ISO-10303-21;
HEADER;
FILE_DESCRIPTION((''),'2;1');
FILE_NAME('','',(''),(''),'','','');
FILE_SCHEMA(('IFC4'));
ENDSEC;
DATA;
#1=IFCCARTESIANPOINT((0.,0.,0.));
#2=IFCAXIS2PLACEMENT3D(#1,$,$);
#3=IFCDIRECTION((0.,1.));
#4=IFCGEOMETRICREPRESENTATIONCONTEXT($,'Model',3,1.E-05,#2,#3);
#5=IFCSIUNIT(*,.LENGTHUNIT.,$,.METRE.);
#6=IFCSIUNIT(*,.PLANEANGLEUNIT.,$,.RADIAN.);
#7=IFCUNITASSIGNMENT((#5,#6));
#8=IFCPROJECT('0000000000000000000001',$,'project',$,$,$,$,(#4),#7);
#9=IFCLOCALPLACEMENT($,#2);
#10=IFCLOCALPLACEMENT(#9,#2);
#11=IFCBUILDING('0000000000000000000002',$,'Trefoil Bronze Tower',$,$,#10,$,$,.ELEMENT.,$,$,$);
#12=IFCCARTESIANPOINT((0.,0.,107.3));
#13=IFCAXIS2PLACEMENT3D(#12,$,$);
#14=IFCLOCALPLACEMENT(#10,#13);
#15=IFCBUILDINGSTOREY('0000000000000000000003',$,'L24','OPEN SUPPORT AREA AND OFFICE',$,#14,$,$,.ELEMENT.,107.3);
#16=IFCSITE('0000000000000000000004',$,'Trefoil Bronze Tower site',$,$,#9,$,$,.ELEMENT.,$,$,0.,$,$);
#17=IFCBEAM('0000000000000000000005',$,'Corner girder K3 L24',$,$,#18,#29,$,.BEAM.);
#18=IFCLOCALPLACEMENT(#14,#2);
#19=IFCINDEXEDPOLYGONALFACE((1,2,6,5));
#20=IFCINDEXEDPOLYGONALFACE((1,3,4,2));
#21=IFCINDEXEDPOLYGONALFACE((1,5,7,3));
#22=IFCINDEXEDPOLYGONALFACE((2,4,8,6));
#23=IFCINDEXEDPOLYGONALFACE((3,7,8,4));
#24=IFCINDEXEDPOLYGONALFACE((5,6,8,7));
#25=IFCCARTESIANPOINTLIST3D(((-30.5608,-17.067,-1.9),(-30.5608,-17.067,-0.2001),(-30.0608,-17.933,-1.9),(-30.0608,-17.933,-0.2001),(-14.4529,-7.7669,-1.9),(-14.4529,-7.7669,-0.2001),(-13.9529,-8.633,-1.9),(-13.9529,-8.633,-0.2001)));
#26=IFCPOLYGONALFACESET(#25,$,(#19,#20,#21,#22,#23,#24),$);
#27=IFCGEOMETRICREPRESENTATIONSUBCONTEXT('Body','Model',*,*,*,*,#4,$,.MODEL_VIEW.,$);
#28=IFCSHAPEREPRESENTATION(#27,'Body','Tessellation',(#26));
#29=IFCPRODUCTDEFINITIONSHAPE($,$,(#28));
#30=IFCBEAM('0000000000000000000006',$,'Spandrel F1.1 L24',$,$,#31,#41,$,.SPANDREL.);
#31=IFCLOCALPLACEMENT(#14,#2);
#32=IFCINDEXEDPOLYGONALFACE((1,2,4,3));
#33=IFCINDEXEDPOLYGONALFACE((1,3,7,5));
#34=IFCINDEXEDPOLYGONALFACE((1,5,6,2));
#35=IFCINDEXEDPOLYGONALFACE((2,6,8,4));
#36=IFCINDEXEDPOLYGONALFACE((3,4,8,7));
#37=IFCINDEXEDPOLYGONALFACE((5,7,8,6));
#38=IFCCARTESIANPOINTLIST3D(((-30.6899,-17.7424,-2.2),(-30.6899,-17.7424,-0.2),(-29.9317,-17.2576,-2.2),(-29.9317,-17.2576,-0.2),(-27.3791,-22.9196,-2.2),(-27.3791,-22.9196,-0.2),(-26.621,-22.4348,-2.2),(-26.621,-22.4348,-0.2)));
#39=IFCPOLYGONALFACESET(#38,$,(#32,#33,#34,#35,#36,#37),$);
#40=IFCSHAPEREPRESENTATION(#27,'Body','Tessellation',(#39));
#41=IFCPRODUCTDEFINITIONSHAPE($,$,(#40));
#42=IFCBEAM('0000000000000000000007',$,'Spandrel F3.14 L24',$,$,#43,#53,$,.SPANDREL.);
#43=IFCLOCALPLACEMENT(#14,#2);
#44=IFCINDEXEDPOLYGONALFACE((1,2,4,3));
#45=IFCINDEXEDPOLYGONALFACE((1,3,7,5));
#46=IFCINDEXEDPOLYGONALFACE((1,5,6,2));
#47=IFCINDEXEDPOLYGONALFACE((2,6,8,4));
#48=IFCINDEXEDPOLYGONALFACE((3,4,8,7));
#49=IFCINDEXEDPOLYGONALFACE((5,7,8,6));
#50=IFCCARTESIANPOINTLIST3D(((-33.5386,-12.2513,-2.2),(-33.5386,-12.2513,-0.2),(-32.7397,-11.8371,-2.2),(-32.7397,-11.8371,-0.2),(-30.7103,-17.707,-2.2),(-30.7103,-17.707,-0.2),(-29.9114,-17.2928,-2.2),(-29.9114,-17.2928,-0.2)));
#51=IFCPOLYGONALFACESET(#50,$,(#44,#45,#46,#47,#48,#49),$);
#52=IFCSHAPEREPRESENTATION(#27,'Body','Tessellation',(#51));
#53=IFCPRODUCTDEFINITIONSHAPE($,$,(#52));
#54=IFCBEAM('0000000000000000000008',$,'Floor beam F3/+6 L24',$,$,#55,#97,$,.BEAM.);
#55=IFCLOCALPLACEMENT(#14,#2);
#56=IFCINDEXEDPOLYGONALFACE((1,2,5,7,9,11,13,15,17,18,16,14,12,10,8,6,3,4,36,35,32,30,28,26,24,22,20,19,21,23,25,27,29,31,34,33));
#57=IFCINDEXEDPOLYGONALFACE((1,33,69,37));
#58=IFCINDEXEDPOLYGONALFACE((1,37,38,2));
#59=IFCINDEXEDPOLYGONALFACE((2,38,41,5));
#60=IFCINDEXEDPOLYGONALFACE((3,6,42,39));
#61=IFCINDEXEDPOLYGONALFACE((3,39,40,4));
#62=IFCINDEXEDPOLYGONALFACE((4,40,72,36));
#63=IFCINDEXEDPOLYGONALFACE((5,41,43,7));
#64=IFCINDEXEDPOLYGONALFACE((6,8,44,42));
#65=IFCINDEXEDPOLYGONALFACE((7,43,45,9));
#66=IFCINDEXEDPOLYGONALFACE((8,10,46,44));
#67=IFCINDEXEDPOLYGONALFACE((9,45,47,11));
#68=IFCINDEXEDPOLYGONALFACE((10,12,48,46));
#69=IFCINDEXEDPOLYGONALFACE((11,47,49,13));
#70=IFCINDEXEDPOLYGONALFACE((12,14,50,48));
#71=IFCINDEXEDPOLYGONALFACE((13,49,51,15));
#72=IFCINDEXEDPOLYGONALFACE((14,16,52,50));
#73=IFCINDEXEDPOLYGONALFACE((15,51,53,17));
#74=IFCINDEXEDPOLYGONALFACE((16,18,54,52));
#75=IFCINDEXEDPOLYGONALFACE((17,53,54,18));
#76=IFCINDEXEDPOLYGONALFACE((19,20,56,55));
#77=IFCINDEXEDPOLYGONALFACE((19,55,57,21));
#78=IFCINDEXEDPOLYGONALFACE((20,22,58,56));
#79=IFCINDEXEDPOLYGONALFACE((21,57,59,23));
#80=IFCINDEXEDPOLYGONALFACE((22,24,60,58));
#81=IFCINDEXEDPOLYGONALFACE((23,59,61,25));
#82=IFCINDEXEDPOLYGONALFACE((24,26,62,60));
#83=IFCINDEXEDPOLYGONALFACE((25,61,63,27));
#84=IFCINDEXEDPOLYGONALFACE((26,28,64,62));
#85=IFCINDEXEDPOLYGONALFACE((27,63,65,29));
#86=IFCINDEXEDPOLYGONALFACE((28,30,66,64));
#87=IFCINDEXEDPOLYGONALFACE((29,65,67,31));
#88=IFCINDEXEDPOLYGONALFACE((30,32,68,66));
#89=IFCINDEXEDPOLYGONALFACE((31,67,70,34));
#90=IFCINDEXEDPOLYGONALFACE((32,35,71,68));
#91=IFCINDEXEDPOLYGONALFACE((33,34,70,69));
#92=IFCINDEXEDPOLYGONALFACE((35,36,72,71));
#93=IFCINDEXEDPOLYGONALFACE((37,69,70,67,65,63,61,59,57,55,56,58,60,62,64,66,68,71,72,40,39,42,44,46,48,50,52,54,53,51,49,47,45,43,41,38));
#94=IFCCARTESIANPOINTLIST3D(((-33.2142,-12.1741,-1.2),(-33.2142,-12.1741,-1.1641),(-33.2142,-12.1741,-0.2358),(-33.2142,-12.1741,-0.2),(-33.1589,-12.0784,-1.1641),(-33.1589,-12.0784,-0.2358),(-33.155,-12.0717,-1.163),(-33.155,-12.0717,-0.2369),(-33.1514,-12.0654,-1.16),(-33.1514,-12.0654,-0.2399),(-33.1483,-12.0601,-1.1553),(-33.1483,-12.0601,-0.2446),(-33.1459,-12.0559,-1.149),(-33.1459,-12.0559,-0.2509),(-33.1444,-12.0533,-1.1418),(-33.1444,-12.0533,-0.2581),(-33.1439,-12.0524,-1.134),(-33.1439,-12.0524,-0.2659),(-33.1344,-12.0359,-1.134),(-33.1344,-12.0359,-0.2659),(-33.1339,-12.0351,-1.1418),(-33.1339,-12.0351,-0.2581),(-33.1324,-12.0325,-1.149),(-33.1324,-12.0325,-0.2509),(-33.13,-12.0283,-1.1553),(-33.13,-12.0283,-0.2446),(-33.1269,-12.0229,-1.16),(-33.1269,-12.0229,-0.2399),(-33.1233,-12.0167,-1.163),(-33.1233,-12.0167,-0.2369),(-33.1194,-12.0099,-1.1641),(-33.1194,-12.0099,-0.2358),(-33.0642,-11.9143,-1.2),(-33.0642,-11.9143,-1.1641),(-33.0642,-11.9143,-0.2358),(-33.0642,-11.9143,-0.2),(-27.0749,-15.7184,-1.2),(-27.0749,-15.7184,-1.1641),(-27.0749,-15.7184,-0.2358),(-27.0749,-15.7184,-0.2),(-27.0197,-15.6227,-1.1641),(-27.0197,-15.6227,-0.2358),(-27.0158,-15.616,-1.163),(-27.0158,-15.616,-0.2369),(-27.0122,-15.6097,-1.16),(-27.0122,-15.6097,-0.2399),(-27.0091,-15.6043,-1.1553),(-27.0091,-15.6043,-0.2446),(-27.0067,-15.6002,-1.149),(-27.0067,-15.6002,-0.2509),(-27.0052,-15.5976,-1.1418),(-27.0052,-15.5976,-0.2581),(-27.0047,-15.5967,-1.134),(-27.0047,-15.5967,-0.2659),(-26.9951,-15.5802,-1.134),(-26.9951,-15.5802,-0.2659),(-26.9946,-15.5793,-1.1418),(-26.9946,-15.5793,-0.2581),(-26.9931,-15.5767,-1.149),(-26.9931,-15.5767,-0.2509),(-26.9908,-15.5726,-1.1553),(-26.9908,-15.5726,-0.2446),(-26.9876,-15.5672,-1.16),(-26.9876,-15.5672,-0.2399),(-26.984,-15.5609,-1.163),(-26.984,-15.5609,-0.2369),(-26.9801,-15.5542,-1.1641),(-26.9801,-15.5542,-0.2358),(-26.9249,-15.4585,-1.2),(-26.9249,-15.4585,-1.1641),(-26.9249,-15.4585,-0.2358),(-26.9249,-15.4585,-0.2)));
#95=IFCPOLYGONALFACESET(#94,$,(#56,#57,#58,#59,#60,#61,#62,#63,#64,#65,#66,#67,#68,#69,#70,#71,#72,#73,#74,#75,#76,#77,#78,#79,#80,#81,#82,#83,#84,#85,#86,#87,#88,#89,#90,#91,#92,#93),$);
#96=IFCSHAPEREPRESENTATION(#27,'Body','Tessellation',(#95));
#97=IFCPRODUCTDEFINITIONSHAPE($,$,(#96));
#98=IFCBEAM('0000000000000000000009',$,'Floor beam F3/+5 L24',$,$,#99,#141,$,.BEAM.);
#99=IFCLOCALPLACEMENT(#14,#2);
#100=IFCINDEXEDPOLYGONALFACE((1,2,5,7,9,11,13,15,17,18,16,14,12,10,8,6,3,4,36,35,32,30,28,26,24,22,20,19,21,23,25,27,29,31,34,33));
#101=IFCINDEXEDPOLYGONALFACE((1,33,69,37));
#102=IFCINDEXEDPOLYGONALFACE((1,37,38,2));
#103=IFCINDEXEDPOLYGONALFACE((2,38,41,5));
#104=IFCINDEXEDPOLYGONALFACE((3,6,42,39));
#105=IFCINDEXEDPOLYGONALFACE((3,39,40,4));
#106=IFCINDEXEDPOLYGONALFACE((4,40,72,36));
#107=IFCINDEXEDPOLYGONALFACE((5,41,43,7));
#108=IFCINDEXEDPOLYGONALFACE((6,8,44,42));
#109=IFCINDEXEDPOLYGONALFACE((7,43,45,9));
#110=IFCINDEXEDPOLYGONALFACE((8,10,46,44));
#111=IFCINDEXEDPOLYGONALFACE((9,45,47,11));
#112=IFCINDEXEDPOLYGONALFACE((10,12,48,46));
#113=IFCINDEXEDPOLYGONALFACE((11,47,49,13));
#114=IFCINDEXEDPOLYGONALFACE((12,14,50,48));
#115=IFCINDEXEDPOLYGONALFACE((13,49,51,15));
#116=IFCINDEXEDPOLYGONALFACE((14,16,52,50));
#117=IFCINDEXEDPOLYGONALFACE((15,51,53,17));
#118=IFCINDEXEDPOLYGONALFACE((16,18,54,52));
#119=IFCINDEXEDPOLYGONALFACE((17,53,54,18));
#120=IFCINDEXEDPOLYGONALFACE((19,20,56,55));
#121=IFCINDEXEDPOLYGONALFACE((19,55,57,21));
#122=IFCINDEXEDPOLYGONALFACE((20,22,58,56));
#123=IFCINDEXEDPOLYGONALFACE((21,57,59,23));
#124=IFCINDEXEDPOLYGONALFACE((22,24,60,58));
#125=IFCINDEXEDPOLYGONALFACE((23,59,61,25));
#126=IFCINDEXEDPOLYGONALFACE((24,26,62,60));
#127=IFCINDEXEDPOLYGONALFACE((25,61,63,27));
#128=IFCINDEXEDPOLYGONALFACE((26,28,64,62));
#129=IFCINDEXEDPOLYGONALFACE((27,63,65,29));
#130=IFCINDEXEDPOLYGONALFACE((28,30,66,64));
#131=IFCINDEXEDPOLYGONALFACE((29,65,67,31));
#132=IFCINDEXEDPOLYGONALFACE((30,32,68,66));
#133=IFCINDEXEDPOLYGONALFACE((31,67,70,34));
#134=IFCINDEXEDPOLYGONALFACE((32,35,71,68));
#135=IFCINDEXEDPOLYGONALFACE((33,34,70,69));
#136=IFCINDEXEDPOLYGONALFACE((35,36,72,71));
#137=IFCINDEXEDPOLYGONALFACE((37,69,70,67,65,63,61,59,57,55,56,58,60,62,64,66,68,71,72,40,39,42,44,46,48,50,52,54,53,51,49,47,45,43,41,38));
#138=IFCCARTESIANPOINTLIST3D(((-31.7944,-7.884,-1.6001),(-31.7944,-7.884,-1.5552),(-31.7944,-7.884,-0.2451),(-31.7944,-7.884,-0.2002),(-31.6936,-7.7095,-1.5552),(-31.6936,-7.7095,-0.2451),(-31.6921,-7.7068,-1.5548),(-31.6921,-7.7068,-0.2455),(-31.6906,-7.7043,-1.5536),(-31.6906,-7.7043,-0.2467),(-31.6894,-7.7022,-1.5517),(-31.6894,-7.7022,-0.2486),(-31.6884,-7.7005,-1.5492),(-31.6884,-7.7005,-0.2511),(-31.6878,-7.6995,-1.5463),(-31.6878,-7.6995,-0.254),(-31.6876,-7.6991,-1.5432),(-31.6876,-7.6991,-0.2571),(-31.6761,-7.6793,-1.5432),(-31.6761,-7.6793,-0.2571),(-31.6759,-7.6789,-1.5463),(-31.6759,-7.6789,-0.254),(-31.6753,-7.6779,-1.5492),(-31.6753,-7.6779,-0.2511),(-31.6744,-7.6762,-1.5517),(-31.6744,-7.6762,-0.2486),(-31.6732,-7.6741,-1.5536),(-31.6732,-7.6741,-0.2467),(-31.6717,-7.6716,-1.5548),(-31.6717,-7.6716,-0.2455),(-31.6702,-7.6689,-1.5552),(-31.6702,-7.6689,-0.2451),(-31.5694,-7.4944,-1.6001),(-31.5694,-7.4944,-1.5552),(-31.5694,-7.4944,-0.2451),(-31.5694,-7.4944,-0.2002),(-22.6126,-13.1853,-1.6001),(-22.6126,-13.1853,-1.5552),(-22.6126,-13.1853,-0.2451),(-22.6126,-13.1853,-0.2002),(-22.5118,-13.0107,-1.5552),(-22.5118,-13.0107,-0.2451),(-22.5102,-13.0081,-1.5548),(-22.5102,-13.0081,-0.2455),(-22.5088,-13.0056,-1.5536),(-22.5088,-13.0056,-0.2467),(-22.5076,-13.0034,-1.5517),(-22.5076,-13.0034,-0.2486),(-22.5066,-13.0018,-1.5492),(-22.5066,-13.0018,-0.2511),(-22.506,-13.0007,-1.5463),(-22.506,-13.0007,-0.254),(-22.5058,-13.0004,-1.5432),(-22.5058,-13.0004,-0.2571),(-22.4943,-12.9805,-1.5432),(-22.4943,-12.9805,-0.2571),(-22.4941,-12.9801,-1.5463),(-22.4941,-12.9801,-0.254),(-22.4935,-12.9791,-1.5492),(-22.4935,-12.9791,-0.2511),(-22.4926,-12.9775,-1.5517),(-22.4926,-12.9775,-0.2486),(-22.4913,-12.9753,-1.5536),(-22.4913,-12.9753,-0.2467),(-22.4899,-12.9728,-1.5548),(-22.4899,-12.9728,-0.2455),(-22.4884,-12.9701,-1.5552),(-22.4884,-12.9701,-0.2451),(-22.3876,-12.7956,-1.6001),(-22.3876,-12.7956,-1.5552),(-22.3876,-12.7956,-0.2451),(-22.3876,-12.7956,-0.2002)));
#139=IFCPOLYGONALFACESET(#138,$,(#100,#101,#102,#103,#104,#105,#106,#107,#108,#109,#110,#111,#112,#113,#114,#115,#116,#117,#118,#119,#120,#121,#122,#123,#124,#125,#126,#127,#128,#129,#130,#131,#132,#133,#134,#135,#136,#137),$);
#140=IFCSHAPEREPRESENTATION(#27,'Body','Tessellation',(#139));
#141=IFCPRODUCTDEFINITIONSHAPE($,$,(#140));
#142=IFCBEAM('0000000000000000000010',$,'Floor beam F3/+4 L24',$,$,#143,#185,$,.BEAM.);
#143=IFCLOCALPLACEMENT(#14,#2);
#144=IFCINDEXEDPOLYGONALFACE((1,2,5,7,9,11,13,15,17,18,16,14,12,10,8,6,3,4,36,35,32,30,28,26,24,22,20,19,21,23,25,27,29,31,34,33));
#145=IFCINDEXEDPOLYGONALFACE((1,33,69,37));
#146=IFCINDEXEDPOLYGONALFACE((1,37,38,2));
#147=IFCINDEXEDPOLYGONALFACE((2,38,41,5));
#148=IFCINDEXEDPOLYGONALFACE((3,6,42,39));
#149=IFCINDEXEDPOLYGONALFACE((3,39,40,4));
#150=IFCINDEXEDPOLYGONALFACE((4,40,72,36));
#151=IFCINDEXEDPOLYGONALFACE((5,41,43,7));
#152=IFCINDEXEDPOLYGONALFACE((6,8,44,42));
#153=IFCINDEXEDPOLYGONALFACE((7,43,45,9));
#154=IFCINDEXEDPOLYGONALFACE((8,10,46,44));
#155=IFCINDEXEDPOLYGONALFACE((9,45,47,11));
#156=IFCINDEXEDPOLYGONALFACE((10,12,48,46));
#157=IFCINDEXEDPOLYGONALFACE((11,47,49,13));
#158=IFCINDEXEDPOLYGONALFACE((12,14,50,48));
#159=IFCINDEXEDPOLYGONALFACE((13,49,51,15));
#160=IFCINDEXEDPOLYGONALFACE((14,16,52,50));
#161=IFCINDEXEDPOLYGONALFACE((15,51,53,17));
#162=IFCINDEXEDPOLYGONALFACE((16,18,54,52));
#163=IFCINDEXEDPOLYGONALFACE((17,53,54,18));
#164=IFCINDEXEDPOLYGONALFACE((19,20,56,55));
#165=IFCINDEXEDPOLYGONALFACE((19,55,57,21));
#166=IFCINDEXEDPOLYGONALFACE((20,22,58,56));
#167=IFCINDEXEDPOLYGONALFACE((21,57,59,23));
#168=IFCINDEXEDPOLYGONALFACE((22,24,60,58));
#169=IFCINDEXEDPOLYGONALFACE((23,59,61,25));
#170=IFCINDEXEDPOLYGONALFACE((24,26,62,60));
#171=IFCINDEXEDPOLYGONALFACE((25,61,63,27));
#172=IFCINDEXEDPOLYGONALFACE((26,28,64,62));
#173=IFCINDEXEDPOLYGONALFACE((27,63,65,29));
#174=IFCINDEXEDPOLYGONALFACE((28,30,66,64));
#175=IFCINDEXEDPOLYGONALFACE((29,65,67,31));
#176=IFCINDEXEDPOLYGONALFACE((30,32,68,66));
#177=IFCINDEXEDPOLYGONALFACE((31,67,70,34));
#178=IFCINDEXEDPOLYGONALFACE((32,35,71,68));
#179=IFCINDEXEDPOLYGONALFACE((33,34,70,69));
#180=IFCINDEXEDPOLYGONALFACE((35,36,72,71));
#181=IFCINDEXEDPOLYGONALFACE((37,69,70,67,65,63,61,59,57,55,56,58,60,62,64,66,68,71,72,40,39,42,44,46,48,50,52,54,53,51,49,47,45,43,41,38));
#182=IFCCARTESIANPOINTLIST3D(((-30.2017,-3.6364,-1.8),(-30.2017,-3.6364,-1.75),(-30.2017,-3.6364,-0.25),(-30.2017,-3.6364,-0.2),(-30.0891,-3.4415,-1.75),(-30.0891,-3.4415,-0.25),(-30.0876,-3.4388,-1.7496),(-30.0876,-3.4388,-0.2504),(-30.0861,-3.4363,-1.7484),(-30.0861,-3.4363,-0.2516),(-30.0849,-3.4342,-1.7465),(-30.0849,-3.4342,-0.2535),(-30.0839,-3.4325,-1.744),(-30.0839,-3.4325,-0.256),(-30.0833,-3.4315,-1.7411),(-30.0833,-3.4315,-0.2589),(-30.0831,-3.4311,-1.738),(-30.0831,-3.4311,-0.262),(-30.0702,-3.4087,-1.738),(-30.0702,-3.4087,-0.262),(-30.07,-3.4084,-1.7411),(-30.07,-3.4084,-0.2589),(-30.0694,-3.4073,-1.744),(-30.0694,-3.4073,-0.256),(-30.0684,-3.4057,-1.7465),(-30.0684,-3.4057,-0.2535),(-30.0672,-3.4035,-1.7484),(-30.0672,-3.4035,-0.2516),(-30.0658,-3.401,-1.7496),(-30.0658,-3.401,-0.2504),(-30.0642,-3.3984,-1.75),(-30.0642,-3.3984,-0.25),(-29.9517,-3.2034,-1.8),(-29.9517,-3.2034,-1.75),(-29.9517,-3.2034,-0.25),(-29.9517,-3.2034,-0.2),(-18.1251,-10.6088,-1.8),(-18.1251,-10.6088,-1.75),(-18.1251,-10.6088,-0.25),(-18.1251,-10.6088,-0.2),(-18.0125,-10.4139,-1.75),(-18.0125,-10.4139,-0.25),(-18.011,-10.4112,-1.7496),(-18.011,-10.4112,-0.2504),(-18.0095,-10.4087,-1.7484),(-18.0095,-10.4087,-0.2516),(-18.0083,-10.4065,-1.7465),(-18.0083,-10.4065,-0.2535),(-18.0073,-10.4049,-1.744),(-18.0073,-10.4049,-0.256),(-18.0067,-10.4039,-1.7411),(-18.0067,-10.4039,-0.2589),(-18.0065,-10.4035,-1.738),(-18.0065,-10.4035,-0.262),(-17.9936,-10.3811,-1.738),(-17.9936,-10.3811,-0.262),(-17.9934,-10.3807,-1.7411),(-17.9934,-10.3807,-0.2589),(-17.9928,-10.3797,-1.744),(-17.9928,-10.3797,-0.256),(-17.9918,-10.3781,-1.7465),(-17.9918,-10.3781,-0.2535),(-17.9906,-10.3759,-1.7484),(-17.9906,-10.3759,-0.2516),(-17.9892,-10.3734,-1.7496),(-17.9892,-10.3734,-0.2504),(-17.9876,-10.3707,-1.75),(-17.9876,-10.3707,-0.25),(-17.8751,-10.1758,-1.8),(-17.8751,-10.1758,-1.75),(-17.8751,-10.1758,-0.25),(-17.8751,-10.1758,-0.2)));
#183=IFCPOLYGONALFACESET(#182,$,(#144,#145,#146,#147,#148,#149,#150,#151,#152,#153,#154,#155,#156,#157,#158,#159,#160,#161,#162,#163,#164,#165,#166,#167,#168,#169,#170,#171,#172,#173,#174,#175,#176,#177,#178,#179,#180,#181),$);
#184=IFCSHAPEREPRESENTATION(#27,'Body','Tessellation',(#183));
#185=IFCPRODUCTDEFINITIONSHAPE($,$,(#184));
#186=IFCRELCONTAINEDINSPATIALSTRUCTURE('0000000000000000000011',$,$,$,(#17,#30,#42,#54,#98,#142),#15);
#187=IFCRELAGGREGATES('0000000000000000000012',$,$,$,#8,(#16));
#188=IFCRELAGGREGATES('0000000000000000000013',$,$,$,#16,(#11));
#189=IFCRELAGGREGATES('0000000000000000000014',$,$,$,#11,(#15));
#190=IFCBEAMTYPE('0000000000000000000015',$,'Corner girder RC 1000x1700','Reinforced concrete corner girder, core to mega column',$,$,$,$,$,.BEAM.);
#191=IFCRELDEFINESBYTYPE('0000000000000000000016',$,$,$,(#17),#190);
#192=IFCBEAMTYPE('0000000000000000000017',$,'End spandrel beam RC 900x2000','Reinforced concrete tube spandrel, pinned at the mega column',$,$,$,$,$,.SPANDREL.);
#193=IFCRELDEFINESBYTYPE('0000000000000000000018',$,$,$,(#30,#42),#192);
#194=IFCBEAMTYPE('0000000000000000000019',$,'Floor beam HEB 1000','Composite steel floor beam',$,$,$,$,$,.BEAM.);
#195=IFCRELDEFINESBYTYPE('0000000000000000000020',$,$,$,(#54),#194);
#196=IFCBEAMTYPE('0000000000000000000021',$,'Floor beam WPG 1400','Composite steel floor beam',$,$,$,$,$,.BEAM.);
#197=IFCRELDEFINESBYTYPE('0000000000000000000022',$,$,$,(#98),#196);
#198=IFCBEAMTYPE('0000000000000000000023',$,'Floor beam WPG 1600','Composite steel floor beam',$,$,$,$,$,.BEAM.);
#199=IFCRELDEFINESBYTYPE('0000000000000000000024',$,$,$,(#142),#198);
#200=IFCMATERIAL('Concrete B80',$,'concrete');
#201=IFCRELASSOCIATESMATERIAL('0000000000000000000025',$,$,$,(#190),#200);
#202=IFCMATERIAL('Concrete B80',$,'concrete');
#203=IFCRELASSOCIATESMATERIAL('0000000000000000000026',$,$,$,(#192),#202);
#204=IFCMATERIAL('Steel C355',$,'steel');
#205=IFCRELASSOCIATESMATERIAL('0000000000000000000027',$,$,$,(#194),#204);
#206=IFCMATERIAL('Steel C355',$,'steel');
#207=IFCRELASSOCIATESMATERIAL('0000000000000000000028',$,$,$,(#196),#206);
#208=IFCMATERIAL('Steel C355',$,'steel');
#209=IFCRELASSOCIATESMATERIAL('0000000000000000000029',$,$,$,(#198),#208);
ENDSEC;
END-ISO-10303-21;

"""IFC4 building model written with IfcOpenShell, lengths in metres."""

from ifc_helpers import new_model, si_unit, direction, frame, origin, origin_2d, place, context, subcontext, project, spatial, rectangle, i_section, extrude, material, material_profile, profile_set, type_object, element, save


model = new_model("IFC4")

# Units and contexts
model_context = context("Model", 3, precision=1e-05, world=origin(), true_north=direction((0.0, 1.0)))
body_context = subcontext(model_context, "Body", "Model", "MODEL_VIEW")
ifc_project = project(units=[si_unit("LENGTHUNIT", "METRE"), si_unit("PLANEANGLEUNIT", "RADIAN")], contexts=[model_context])

# Site, building, storey
site_placement = place(None, origin())
site = spatial("IfcSite", under=ifc_project, at=site_placement, Name="Trefoil Bronze Tower site", CompositionType="ELEMENT", RefElevation=0.0)
building_placement = place(site_placement, origin())
building = spatial("IfcBuilding", under=site, at=building_placement, Name="Trefoil Bronze Tower", CompositionType="ELEMENT")
storey_placement = place(building_placement, frame((0.0, 0.0, 107.3)))
storey = spatial("IfcBuildingStorey", under=building, at=storey_placement, Name="L24", Description="OPEN SUPPORT AREA AND OFFICE", CompositionType="ELEMENT", Elevation=107.3)

# Beams
ifc_material_1 = material(Name="Concrete B80", Category="concrete")
ifc_material_profile_1 = material_profile(ifc_material_1, rectangle(XDim=1.0, YDim=1.7, at=origin_2d()), Name="RC 1000x1700")
ifc_profile_set_1 = profile_set([ifc_material_profile_1], Name="Concrete B80")
beam_type_1 = type_object("IfcBeamType", Name="Corner girder RC 1000x1700", Description="Reinforced concrete corner girder, core to mega column", PredefinedType="BEAM", material=ifc_profile_set_1)
beam_1_placement = place(storey_placement, frame((-14.2029, -8.2, -1.05), z_axis=(-0.866022, -0.500006, 0.0), x_axis=(0.500006, -0.866022, 0.0)))
element("IfcBeam", 1, at=beam_1_placement, inside=storey, type_object=beam_type_1, Name="Corner girder K3 L24", PredefinedType="BEAM", context=body_context, shape_type="SweptSolid", body=[
    extrude(rectangle(XDim=1.0, YDim=1.7, at=origin_2d()), origin(), (0.0, 0.0, 1.0), 18.5999),
])
ifc_material_2 = material(Name="Concrete B80", Category="concrete")
ifc_material_profile_2 = material_profile(ifc_material_2, rectangle(XDim=0.8999, YDim=2.0, at=origin_2d()), Name="RC 900x2000")
ifc_profile_set_2 = profile_set([ifc_material_profile_2], Name="Concrete B80")
beam_type_2 = type_object("IfcBeamType", Name="End spandrel beam RC 900x2000", Description="Reinforced concrete tube spandrel, pinned at the mega column", PredefinedType="SPANDREL", material=ifc_profile_set_2)
for number, where, z_axis, x_axis, name in (
    (2, (-30.3108, -17.5, -1.2), (0.538748, -0.842467, 0.0), (0.842467, 0.538748, 0.0), "Spandrel F1.1 L24"),
    (3, (-33.1392, -12.0442, -1.2), (0.460244, -0.887792, 0.0), (0.887792, 0.460244, 0.0), "Spandrel F3.14 L24"),
):
    element("IfcBeam", number, at=place(storey_placement, frame(where, z_axis=z_axis, x_axis=x_axis)), inside=storey, type_object=beam_type_2, Name=name, PredefinedType="SPANDREL", context=body_context, shape_type="SweptSolid", body=[
        extrude(rectangle(XDim=0.8999, YDim=2.0, at=origin_2d()), origin(), (0.0, 0.0, 1.0), 6.1453),
    ])
ifc_material_3 = material(Name="Steel C355", Category="steel")
ifc_material_profile_3 = material_profile(ifc_material_3, i_section(OverallWidth=0.3, OverallDepth=1.0, WebThickness=0.019, FlangeThickness=0.0359, FilletRadius=0.03, at=origin_2d()), Name="HEB 1000")
ifc_profile_set_3 = profile_set([ifc_material_profile_3], Name="Steel C355")
beam_type_3 = type_object("IfcBeamType", Name="Floor beam HEB 1000", Description="Composite steel floor beam", PredefinedType="BEAM", material=ifc_profile_set_3)
beam_2_placement = place(storey_placement, frame((-33.1392, -12.0442, -0.7), z_axis=(0.866041, -0.499973, 0.0), x_axis=(0.499973, 0.866041, 0.0)))
element("IfcBeam", 4, at=beam_2_placement, inside=storey, type_object=beam_type_3, Name="Floor beam F3/+6 L24", PredefinedType="BEAM", context=body_context, shape_type="SweptSolid", body=[
    extrude(i_section(OverallWidth=0.3, OverallDepth=1.0, WebThickness=0.019, FlangeThickness=0.0359, FilletRadius=0.03, at=origin_2d()), origin(), (0.0, 0.0, 1.0), 7.0889),
])
ifc_material_4 = material(Name="Steel C355", Category="steel")
ifc_material_profile_4 = material_profile(ifc_material_4, i_section(OverallWidth=0.45, OverallDepth=1.3999, WebThickness=0.0229, FlangeThickness=0.0449, FilletRadius=0.012, at=origin_2d()), Name="WPG 1400")
ifc_profile_set_4 = profile_set([ifc_material_profile_4], Name="Steel C355")
beam_type_4 = type_object("IfcBeamType", Name="Floor beam WPG 1400", Description="Composite steel floor beam", PredefinedType="BEAM", material=ifc_profile_set_4)
beam_3_placement = place(storey_placement, frame((-31.6819, -7.6892, -0.9001), z_axis=(0.866021, -0.500007, 0.0), x_axis=(0.500007, 0.866021, 0.0)))
element("IfcBeam", 5, at=beam_3_placement, inside=storey, type_object=beam_type_4, Name="Floor beam F3/+5 L24", PredefinedType="BEAM", context=body_context, shape_type="SweptSolid", body=[
    extrude(i_section(OverallWidth=0.45, OverallDepth=1.3999, WebThickness=0.0229, FlangeThickness=0.0449, FilletRadius=0.012, at=origin_2d()), origin(), (0.0, 0.0, 1.0), 10.6023),
])
ifc_material_5 = material(Name="Steel C355", Category="steel")
ifc_material_profile_5 = material_profile(ifc_material_5, i_section(OverallWidth=0.5, OverallDepth=1.6001, WebThickness=0.0259, FlangeThickness=0.05, FilletRadius=0.012, at=origin_2d()), Name="WPG 1600")
ifc_profile_set_5 = profile_set([ifc_material_profile_5], Name="Steel C355")
beam_type_5 = type_object("IfcBeamType", Name="Floor beam WPG 1600", Description="Composite steel floor beam", PredefinedType="BEAM", material=ifc_profile_set_5)
beam_4_placement = place(storey_placement, frame((-30.0767, -3.4199, -1.0), z_axis=(0.866027, -0.499997, 0.0), x_axis=(0.499997, 0.866027, 0.0)))
element("IfcBeam", 6, at=beam_4_placement, inside=storey, type_object=beam_type_5, Name="Floor beam F3/+4 L24", PredefinedType="BEAM", context=body_context, shape_type="SweptSolid", body=[
    extrude(i_section(OverallWidth=0.5, OverallDepth=1.6001, WebThickness=0.0259, FlangeThickness=0.05, FilletRadius=0.012, at=origin_2d()), origin(), (0.0, 0.0, 1.0), 13.9448),
])

save(model, "model.ifc")
